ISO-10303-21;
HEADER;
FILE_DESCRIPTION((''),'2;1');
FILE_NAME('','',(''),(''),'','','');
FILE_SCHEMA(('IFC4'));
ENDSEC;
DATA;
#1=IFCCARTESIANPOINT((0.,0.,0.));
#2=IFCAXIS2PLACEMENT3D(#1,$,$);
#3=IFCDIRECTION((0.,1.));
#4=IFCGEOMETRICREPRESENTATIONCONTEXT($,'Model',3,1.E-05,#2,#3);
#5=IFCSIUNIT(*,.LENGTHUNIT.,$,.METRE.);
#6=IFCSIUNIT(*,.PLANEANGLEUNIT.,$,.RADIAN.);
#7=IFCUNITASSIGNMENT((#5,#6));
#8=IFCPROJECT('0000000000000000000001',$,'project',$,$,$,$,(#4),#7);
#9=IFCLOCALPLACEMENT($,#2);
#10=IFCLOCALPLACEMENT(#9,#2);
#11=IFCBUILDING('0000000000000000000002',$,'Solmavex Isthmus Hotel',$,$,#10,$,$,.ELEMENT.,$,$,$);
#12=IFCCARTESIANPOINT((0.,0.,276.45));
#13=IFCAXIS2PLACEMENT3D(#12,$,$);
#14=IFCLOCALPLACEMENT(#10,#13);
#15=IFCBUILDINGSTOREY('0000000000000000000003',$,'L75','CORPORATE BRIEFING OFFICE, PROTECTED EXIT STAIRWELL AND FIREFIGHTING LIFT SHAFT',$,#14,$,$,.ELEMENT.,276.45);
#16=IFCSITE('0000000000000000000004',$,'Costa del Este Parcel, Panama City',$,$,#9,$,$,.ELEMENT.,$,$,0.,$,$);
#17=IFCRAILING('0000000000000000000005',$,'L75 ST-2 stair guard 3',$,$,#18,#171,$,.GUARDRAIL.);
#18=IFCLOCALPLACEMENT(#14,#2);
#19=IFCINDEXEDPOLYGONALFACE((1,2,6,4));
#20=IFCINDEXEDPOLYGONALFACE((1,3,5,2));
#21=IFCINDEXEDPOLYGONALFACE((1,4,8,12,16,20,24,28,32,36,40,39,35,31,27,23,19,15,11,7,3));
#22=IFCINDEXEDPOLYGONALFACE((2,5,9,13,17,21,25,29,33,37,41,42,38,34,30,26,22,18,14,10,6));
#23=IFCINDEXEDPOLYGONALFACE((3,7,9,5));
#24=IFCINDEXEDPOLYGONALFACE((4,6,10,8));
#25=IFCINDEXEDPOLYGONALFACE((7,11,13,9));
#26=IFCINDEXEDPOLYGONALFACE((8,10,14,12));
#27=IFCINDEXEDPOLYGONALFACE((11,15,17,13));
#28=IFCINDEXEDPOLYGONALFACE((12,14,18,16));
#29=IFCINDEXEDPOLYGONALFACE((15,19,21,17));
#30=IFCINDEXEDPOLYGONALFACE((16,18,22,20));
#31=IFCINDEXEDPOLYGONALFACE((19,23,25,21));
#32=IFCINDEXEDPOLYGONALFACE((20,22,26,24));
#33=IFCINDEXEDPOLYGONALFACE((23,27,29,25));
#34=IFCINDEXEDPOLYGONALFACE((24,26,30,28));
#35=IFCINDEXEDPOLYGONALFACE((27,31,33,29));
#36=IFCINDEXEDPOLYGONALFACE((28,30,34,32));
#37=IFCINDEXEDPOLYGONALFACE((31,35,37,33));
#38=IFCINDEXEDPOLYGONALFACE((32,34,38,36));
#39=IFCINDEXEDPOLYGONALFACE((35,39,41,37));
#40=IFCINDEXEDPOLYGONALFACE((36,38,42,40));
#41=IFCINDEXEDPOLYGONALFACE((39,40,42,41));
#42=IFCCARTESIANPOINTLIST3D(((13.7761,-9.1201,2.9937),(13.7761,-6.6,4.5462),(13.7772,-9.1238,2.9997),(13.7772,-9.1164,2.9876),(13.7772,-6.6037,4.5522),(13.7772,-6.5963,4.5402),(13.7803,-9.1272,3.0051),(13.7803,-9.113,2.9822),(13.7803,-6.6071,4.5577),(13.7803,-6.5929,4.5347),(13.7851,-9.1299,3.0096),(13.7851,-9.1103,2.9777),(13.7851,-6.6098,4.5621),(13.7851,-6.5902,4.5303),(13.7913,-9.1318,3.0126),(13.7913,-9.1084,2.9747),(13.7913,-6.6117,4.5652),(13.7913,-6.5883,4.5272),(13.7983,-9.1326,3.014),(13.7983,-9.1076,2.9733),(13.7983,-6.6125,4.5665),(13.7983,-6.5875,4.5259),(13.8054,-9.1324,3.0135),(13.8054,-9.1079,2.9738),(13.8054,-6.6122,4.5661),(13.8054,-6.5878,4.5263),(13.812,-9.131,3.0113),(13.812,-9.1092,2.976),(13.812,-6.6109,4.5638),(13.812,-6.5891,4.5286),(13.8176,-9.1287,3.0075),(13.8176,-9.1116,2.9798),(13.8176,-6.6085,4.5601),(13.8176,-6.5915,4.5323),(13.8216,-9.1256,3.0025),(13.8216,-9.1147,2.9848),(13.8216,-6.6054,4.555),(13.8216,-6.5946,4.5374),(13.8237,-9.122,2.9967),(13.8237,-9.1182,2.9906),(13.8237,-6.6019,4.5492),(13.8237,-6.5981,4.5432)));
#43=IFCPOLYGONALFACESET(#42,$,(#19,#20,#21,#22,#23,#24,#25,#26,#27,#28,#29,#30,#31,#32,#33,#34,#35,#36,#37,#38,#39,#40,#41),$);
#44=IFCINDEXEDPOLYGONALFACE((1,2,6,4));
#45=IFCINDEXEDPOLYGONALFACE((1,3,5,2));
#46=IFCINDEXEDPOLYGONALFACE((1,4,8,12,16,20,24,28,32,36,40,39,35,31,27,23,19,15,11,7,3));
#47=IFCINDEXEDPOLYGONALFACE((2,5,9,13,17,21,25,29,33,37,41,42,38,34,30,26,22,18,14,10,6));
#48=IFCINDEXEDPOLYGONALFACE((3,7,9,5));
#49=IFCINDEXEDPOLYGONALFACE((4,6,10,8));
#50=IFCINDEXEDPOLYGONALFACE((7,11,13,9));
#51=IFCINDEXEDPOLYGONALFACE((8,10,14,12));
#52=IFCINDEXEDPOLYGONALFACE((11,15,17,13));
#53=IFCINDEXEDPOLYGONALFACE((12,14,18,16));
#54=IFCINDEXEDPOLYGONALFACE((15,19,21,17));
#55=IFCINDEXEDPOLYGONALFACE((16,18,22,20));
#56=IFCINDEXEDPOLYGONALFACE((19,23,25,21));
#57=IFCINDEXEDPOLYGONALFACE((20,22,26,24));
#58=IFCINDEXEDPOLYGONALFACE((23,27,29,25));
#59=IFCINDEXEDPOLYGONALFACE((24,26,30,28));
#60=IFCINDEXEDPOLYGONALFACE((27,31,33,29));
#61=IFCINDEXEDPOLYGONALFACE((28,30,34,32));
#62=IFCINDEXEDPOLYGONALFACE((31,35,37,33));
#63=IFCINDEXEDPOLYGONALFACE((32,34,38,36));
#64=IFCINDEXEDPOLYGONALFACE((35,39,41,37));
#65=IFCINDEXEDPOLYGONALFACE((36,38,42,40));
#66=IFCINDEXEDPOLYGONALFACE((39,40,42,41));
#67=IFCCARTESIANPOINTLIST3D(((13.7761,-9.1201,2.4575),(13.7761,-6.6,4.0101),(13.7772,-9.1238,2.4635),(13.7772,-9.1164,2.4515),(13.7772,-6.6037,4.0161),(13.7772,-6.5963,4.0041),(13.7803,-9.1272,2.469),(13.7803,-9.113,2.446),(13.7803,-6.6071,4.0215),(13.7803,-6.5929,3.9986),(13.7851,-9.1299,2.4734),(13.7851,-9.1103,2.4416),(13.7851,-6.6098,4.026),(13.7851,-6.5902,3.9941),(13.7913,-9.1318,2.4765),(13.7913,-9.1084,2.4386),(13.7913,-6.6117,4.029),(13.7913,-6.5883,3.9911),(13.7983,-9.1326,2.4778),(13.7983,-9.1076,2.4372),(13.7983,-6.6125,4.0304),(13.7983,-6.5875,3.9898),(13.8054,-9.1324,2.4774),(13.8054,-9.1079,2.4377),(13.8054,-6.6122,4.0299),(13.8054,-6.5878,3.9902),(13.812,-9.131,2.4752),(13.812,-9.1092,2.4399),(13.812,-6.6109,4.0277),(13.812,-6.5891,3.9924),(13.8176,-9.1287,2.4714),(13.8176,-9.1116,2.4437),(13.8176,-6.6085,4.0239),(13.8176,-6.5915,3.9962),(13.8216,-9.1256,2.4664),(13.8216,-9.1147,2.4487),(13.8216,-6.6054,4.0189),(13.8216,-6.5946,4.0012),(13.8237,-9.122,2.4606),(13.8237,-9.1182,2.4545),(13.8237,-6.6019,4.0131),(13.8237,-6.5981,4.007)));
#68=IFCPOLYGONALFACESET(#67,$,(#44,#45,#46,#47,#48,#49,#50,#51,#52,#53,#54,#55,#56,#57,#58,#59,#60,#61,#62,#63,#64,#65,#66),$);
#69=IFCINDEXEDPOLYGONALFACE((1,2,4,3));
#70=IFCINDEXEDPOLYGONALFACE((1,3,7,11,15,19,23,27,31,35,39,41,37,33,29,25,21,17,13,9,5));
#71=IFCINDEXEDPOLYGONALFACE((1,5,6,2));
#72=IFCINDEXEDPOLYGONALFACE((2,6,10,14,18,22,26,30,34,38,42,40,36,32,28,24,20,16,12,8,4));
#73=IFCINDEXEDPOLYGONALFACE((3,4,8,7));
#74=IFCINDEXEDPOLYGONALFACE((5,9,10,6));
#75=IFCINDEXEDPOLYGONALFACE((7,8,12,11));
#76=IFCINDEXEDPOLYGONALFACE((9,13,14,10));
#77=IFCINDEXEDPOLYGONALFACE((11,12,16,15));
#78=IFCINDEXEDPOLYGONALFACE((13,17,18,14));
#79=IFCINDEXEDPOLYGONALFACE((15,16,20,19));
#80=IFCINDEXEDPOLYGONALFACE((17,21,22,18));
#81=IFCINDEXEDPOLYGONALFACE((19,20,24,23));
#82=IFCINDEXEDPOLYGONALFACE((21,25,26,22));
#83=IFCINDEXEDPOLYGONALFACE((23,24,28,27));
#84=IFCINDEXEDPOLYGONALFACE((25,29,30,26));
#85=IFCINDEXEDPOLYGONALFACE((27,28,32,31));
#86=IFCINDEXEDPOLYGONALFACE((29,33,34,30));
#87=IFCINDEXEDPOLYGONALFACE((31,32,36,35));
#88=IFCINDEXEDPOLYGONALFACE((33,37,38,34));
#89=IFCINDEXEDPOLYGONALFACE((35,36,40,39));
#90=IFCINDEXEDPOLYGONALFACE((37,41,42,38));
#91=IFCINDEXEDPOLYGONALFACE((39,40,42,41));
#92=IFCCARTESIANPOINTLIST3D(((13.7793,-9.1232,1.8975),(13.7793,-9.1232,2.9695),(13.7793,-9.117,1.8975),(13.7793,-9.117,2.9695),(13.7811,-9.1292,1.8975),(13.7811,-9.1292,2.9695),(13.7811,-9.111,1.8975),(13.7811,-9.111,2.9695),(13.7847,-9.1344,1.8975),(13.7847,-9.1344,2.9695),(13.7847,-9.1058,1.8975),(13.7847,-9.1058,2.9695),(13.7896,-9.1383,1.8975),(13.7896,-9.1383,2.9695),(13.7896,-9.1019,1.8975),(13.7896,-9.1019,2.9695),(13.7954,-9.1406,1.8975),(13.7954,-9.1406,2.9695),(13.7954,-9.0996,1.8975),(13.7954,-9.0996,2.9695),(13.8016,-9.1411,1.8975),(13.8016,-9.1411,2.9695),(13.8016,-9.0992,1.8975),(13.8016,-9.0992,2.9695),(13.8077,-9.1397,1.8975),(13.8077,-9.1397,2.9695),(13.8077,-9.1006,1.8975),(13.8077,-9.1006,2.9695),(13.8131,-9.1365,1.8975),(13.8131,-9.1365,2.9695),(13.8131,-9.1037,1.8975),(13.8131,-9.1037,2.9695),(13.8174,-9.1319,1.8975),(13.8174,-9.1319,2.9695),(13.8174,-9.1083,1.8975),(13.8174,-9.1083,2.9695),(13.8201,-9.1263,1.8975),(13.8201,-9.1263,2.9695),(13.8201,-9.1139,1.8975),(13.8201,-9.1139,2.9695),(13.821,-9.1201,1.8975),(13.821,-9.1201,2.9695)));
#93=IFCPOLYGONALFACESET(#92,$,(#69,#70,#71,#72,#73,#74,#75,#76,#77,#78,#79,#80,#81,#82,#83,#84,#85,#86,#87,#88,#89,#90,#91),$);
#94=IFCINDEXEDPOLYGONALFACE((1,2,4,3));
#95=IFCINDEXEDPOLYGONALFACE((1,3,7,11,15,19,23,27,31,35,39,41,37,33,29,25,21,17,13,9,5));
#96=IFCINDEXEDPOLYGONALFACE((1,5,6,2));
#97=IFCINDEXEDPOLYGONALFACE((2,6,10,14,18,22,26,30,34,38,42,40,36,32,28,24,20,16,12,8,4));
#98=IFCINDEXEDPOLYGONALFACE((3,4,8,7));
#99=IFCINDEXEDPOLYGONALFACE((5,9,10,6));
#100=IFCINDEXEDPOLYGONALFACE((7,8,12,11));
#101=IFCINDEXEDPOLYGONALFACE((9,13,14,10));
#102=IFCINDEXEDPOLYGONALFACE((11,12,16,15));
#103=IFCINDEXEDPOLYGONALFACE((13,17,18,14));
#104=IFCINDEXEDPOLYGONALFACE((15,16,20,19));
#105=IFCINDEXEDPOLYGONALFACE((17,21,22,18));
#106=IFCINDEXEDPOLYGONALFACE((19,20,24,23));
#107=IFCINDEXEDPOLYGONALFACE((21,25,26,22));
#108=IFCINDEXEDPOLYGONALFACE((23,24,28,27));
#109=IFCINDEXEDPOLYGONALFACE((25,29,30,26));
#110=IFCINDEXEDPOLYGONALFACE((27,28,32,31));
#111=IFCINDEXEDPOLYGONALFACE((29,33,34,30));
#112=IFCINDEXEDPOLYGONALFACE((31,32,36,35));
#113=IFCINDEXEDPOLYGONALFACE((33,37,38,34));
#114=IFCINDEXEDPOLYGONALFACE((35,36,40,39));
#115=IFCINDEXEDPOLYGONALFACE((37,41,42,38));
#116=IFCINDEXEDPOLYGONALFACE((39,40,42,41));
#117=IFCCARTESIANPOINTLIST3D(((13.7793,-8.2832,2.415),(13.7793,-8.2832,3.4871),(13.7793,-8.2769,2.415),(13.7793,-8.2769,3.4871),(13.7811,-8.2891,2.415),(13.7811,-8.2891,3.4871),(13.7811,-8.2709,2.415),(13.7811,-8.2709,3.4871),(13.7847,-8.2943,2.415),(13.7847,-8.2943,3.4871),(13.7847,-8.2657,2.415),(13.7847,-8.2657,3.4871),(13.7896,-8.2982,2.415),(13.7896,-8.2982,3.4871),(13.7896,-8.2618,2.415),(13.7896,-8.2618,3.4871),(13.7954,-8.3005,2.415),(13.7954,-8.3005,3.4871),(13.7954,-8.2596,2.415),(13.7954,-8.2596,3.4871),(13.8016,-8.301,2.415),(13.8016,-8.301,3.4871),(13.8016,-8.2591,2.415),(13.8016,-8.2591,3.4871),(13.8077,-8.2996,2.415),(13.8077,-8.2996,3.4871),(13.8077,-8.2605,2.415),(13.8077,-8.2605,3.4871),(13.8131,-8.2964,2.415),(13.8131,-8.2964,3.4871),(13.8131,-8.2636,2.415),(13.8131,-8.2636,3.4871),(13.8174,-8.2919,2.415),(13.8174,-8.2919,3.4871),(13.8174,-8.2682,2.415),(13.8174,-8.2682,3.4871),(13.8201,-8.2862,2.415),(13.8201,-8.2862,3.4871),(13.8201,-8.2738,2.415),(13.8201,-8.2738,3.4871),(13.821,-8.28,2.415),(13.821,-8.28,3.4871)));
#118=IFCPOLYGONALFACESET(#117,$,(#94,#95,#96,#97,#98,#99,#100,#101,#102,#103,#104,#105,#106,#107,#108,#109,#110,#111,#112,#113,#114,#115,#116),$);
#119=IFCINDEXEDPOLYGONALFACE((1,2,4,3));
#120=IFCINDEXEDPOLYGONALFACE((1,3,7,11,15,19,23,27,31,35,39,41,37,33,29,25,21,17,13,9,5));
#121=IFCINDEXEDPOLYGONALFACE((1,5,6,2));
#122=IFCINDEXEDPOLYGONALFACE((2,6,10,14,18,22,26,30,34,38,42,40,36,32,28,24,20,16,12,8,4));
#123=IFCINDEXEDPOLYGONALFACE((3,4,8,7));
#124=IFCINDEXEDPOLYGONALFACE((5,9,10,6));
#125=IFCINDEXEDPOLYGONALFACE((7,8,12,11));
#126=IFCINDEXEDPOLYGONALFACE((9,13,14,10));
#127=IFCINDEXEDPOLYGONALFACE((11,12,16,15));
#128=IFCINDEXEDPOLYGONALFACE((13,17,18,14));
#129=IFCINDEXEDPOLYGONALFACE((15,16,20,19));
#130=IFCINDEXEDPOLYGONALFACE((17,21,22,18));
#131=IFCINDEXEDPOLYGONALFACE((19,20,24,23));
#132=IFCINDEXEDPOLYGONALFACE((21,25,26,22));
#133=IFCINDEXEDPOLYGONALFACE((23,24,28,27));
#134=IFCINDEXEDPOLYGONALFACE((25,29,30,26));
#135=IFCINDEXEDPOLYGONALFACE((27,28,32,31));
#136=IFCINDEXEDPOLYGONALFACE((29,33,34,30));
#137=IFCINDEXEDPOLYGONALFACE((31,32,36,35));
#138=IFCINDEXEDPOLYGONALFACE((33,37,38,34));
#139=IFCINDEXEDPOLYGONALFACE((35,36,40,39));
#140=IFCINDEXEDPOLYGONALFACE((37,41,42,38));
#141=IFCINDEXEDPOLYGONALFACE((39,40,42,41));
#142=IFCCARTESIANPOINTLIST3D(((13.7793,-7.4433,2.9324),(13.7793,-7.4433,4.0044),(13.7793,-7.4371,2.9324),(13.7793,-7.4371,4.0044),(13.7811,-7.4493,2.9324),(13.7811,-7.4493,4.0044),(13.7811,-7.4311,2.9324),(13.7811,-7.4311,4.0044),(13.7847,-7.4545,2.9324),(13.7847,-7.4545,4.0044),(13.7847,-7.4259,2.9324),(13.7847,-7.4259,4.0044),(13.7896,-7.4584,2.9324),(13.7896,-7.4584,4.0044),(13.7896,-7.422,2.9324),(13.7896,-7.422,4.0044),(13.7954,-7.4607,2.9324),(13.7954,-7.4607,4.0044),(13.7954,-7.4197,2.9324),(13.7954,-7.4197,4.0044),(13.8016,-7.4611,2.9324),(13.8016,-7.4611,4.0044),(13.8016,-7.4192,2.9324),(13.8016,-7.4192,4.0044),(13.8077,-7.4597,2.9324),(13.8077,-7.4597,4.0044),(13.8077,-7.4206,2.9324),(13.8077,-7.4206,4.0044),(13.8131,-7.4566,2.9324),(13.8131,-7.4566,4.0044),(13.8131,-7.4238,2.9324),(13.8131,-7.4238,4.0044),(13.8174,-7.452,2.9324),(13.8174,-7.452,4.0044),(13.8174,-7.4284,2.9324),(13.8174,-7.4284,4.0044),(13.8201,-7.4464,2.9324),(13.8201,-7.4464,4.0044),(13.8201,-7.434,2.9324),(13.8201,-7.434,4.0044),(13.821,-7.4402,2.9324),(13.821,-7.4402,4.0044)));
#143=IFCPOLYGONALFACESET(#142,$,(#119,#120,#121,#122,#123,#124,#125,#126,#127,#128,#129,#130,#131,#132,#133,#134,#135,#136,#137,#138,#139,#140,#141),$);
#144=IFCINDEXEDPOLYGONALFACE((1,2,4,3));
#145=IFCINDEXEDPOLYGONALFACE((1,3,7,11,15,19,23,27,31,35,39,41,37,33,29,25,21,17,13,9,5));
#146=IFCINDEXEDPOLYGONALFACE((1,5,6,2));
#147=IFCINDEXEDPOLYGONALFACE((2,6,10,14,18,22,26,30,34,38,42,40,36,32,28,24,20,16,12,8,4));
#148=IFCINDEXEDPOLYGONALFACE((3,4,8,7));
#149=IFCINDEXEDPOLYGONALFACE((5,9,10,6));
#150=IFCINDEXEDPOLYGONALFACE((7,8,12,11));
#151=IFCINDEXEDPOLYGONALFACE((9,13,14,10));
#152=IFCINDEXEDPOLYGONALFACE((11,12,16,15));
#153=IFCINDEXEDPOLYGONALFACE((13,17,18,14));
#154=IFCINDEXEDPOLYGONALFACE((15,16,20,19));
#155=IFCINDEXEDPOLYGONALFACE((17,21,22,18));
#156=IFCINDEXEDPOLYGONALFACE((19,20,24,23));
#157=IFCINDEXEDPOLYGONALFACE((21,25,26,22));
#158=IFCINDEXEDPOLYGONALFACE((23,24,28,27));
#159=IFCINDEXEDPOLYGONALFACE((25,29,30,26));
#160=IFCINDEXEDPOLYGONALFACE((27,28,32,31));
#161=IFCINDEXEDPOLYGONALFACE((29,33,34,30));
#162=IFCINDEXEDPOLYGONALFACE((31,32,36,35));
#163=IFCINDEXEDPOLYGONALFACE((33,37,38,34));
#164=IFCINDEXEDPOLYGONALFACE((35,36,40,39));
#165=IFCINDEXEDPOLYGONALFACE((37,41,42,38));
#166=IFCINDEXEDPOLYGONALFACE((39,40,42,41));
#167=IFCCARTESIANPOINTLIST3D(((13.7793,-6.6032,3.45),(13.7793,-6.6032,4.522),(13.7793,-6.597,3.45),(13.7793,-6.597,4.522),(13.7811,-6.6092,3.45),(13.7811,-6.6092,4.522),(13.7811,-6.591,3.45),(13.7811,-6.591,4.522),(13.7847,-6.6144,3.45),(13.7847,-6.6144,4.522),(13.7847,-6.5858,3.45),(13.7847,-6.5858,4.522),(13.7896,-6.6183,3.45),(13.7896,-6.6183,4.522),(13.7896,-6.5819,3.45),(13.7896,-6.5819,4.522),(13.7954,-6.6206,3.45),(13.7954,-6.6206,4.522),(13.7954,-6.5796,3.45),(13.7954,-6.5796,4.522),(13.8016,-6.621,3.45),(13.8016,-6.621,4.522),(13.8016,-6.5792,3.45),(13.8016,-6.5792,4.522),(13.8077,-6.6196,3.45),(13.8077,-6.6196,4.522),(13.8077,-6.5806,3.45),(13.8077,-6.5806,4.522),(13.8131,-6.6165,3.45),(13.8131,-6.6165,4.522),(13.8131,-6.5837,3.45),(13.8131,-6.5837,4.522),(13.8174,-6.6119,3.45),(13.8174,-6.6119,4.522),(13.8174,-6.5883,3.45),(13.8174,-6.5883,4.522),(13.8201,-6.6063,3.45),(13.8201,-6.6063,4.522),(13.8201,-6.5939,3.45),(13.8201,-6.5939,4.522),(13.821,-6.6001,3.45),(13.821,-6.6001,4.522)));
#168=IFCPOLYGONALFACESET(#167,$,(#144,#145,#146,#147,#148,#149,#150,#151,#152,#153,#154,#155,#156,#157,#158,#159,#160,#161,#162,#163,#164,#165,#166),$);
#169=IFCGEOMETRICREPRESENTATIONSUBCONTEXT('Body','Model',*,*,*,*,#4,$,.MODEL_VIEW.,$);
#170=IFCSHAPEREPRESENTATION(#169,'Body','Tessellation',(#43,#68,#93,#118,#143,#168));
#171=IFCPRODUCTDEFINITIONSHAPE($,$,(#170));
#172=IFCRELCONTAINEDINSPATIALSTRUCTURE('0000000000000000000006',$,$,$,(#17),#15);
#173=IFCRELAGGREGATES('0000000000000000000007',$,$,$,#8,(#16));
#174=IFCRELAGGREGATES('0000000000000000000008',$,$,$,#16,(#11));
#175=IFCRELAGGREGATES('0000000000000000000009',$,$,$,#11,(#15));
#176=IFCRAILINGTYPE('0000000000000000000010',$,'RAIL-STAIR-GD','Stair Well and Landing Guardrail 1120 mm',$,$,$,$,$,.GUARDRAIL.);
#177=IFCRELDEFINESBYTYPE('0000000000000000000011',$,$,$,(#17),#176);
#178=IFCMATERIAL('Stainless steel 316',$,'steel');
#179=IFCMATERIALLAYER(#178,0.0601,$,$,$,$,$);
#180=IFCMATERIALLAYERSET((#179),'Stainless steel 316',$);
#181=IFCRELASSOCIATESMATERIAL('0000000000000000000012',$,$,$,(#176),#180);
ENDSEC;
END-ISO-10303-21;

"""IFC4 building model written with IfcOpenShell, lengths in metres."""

from ifc_helpers import new_model, si_unit, direction, frame, origin, origin_2d, place, context, subcontext, project, spatial, circle, extrude, material, layer, layer_set, type_object, element, save


model = new_model("IFC4")

# Units and contexts
model_context = context("Model", 3, precision=1e-05, world=origin(), true_north=direction((0.0, 1.0)))
body_context = subcontext(model_context, "Body", "Model", "MODEL_VIEW")
ifc_project = project(units=[si_unit("LENGTHUNIT", "METRE"), si_unit("PLANEANGLEUNIT", "RADIAN")], contexts=[model_context])

# Site, building, storey
site_placement = place(None, origin())
site = spatial("IfcSite", under=ifc_project, at=site_placement, Name="Costa del Este Parcel, Panama City", CompositionType="ELEMENT", RefElevation=0.0)
building_placement = place(site_placement, origin())
building = spatial("IfcBuilding", under=site, at=building_placement, Name="Solmavex Isthmus Hotel", CompositionType="ELEMENT")
storey_placement = place(building_placement, frame((0.0, 0.0, 276.45)))
storey = spatial("IfcBuildingStorey", under=building, at=storey_placement, Name="L75", Description="CORPORATE BRIEFING OFFICE, PROTECTED EXIT STAIRWELL AND FIREFIGHTING LIFT SHAFT", CompositionType="ELEMENT", Elevation=276.45)

# Shared definitions
ifc_material_1 = material(Name="Stainless steel 316", Category="steel")

# Railing
ifc_layer_1 = layer(ifc_material_1, 0.0601)
ifc_layer_set_1 = layer_set([ifc_layer_1], Name="Stainless steel 316")
railing_type_1 = type_object("IfcRailingType", Name="RAIL-STAIR-GD", Description="Stair Well and Landing Guardrail 1120 mm", PredefinedType="GUARDRAIL", material=ifc_layer_set_1)
railing_1_placement = place(storey_placement, frame((13.8, -9.1201, 1.8975)))
element("IfcRailing", 1, at=railing_1_placement, inside=storey, type_object=railing_type_1, Name="L75 ST-2 stair guard 3", PredefinedType="GUARDRAIL", context=body_context, shape_type="SweptSolid", body=[
    extrude(circle(Radius=0.0239, at=origin_2d()), frame((0.0, 0.0, 1.0962), z_axis=(0.0, 0.8514, 0.524516), x_axis=(-1.0, 0.0, 0.0)), (0.0, 0.0, 1.0), 2.96),
    extrude(circle(Radius=0.0239, at=origin_2d()), frame((0.0, 0.0, 0.5601), z_axis=(0.0, 0.8514, 0.524516), x_axis=(-1.0, 0.0, 0.0)), (0.0, 0.0, 1.0), 2.96),
    extrude(circle(Radius=0.021, at=origin_2d()), origin(), (0.0, 0.0, 1.0), 1.072),
    extrude(circle(Radius=0.021, at=origin_2d()), frame((0.0, 0.8401, 0.5176)), (0.0, 0.0, 1.0), 1.072),
    extrude(circle(Radius=0.021, at=origin_2d()), frame((0.0, 1.6799, 1.0349)), (0.0, 0.0, 1.0), 1.072),
    extrude(circle(Radius=0.021, at=origin_2d()), frame((0.0, 2.52, 1.5525)), (0.0, 0.0, 1.0), 1.072),
])

save(model, "model.ifc")
